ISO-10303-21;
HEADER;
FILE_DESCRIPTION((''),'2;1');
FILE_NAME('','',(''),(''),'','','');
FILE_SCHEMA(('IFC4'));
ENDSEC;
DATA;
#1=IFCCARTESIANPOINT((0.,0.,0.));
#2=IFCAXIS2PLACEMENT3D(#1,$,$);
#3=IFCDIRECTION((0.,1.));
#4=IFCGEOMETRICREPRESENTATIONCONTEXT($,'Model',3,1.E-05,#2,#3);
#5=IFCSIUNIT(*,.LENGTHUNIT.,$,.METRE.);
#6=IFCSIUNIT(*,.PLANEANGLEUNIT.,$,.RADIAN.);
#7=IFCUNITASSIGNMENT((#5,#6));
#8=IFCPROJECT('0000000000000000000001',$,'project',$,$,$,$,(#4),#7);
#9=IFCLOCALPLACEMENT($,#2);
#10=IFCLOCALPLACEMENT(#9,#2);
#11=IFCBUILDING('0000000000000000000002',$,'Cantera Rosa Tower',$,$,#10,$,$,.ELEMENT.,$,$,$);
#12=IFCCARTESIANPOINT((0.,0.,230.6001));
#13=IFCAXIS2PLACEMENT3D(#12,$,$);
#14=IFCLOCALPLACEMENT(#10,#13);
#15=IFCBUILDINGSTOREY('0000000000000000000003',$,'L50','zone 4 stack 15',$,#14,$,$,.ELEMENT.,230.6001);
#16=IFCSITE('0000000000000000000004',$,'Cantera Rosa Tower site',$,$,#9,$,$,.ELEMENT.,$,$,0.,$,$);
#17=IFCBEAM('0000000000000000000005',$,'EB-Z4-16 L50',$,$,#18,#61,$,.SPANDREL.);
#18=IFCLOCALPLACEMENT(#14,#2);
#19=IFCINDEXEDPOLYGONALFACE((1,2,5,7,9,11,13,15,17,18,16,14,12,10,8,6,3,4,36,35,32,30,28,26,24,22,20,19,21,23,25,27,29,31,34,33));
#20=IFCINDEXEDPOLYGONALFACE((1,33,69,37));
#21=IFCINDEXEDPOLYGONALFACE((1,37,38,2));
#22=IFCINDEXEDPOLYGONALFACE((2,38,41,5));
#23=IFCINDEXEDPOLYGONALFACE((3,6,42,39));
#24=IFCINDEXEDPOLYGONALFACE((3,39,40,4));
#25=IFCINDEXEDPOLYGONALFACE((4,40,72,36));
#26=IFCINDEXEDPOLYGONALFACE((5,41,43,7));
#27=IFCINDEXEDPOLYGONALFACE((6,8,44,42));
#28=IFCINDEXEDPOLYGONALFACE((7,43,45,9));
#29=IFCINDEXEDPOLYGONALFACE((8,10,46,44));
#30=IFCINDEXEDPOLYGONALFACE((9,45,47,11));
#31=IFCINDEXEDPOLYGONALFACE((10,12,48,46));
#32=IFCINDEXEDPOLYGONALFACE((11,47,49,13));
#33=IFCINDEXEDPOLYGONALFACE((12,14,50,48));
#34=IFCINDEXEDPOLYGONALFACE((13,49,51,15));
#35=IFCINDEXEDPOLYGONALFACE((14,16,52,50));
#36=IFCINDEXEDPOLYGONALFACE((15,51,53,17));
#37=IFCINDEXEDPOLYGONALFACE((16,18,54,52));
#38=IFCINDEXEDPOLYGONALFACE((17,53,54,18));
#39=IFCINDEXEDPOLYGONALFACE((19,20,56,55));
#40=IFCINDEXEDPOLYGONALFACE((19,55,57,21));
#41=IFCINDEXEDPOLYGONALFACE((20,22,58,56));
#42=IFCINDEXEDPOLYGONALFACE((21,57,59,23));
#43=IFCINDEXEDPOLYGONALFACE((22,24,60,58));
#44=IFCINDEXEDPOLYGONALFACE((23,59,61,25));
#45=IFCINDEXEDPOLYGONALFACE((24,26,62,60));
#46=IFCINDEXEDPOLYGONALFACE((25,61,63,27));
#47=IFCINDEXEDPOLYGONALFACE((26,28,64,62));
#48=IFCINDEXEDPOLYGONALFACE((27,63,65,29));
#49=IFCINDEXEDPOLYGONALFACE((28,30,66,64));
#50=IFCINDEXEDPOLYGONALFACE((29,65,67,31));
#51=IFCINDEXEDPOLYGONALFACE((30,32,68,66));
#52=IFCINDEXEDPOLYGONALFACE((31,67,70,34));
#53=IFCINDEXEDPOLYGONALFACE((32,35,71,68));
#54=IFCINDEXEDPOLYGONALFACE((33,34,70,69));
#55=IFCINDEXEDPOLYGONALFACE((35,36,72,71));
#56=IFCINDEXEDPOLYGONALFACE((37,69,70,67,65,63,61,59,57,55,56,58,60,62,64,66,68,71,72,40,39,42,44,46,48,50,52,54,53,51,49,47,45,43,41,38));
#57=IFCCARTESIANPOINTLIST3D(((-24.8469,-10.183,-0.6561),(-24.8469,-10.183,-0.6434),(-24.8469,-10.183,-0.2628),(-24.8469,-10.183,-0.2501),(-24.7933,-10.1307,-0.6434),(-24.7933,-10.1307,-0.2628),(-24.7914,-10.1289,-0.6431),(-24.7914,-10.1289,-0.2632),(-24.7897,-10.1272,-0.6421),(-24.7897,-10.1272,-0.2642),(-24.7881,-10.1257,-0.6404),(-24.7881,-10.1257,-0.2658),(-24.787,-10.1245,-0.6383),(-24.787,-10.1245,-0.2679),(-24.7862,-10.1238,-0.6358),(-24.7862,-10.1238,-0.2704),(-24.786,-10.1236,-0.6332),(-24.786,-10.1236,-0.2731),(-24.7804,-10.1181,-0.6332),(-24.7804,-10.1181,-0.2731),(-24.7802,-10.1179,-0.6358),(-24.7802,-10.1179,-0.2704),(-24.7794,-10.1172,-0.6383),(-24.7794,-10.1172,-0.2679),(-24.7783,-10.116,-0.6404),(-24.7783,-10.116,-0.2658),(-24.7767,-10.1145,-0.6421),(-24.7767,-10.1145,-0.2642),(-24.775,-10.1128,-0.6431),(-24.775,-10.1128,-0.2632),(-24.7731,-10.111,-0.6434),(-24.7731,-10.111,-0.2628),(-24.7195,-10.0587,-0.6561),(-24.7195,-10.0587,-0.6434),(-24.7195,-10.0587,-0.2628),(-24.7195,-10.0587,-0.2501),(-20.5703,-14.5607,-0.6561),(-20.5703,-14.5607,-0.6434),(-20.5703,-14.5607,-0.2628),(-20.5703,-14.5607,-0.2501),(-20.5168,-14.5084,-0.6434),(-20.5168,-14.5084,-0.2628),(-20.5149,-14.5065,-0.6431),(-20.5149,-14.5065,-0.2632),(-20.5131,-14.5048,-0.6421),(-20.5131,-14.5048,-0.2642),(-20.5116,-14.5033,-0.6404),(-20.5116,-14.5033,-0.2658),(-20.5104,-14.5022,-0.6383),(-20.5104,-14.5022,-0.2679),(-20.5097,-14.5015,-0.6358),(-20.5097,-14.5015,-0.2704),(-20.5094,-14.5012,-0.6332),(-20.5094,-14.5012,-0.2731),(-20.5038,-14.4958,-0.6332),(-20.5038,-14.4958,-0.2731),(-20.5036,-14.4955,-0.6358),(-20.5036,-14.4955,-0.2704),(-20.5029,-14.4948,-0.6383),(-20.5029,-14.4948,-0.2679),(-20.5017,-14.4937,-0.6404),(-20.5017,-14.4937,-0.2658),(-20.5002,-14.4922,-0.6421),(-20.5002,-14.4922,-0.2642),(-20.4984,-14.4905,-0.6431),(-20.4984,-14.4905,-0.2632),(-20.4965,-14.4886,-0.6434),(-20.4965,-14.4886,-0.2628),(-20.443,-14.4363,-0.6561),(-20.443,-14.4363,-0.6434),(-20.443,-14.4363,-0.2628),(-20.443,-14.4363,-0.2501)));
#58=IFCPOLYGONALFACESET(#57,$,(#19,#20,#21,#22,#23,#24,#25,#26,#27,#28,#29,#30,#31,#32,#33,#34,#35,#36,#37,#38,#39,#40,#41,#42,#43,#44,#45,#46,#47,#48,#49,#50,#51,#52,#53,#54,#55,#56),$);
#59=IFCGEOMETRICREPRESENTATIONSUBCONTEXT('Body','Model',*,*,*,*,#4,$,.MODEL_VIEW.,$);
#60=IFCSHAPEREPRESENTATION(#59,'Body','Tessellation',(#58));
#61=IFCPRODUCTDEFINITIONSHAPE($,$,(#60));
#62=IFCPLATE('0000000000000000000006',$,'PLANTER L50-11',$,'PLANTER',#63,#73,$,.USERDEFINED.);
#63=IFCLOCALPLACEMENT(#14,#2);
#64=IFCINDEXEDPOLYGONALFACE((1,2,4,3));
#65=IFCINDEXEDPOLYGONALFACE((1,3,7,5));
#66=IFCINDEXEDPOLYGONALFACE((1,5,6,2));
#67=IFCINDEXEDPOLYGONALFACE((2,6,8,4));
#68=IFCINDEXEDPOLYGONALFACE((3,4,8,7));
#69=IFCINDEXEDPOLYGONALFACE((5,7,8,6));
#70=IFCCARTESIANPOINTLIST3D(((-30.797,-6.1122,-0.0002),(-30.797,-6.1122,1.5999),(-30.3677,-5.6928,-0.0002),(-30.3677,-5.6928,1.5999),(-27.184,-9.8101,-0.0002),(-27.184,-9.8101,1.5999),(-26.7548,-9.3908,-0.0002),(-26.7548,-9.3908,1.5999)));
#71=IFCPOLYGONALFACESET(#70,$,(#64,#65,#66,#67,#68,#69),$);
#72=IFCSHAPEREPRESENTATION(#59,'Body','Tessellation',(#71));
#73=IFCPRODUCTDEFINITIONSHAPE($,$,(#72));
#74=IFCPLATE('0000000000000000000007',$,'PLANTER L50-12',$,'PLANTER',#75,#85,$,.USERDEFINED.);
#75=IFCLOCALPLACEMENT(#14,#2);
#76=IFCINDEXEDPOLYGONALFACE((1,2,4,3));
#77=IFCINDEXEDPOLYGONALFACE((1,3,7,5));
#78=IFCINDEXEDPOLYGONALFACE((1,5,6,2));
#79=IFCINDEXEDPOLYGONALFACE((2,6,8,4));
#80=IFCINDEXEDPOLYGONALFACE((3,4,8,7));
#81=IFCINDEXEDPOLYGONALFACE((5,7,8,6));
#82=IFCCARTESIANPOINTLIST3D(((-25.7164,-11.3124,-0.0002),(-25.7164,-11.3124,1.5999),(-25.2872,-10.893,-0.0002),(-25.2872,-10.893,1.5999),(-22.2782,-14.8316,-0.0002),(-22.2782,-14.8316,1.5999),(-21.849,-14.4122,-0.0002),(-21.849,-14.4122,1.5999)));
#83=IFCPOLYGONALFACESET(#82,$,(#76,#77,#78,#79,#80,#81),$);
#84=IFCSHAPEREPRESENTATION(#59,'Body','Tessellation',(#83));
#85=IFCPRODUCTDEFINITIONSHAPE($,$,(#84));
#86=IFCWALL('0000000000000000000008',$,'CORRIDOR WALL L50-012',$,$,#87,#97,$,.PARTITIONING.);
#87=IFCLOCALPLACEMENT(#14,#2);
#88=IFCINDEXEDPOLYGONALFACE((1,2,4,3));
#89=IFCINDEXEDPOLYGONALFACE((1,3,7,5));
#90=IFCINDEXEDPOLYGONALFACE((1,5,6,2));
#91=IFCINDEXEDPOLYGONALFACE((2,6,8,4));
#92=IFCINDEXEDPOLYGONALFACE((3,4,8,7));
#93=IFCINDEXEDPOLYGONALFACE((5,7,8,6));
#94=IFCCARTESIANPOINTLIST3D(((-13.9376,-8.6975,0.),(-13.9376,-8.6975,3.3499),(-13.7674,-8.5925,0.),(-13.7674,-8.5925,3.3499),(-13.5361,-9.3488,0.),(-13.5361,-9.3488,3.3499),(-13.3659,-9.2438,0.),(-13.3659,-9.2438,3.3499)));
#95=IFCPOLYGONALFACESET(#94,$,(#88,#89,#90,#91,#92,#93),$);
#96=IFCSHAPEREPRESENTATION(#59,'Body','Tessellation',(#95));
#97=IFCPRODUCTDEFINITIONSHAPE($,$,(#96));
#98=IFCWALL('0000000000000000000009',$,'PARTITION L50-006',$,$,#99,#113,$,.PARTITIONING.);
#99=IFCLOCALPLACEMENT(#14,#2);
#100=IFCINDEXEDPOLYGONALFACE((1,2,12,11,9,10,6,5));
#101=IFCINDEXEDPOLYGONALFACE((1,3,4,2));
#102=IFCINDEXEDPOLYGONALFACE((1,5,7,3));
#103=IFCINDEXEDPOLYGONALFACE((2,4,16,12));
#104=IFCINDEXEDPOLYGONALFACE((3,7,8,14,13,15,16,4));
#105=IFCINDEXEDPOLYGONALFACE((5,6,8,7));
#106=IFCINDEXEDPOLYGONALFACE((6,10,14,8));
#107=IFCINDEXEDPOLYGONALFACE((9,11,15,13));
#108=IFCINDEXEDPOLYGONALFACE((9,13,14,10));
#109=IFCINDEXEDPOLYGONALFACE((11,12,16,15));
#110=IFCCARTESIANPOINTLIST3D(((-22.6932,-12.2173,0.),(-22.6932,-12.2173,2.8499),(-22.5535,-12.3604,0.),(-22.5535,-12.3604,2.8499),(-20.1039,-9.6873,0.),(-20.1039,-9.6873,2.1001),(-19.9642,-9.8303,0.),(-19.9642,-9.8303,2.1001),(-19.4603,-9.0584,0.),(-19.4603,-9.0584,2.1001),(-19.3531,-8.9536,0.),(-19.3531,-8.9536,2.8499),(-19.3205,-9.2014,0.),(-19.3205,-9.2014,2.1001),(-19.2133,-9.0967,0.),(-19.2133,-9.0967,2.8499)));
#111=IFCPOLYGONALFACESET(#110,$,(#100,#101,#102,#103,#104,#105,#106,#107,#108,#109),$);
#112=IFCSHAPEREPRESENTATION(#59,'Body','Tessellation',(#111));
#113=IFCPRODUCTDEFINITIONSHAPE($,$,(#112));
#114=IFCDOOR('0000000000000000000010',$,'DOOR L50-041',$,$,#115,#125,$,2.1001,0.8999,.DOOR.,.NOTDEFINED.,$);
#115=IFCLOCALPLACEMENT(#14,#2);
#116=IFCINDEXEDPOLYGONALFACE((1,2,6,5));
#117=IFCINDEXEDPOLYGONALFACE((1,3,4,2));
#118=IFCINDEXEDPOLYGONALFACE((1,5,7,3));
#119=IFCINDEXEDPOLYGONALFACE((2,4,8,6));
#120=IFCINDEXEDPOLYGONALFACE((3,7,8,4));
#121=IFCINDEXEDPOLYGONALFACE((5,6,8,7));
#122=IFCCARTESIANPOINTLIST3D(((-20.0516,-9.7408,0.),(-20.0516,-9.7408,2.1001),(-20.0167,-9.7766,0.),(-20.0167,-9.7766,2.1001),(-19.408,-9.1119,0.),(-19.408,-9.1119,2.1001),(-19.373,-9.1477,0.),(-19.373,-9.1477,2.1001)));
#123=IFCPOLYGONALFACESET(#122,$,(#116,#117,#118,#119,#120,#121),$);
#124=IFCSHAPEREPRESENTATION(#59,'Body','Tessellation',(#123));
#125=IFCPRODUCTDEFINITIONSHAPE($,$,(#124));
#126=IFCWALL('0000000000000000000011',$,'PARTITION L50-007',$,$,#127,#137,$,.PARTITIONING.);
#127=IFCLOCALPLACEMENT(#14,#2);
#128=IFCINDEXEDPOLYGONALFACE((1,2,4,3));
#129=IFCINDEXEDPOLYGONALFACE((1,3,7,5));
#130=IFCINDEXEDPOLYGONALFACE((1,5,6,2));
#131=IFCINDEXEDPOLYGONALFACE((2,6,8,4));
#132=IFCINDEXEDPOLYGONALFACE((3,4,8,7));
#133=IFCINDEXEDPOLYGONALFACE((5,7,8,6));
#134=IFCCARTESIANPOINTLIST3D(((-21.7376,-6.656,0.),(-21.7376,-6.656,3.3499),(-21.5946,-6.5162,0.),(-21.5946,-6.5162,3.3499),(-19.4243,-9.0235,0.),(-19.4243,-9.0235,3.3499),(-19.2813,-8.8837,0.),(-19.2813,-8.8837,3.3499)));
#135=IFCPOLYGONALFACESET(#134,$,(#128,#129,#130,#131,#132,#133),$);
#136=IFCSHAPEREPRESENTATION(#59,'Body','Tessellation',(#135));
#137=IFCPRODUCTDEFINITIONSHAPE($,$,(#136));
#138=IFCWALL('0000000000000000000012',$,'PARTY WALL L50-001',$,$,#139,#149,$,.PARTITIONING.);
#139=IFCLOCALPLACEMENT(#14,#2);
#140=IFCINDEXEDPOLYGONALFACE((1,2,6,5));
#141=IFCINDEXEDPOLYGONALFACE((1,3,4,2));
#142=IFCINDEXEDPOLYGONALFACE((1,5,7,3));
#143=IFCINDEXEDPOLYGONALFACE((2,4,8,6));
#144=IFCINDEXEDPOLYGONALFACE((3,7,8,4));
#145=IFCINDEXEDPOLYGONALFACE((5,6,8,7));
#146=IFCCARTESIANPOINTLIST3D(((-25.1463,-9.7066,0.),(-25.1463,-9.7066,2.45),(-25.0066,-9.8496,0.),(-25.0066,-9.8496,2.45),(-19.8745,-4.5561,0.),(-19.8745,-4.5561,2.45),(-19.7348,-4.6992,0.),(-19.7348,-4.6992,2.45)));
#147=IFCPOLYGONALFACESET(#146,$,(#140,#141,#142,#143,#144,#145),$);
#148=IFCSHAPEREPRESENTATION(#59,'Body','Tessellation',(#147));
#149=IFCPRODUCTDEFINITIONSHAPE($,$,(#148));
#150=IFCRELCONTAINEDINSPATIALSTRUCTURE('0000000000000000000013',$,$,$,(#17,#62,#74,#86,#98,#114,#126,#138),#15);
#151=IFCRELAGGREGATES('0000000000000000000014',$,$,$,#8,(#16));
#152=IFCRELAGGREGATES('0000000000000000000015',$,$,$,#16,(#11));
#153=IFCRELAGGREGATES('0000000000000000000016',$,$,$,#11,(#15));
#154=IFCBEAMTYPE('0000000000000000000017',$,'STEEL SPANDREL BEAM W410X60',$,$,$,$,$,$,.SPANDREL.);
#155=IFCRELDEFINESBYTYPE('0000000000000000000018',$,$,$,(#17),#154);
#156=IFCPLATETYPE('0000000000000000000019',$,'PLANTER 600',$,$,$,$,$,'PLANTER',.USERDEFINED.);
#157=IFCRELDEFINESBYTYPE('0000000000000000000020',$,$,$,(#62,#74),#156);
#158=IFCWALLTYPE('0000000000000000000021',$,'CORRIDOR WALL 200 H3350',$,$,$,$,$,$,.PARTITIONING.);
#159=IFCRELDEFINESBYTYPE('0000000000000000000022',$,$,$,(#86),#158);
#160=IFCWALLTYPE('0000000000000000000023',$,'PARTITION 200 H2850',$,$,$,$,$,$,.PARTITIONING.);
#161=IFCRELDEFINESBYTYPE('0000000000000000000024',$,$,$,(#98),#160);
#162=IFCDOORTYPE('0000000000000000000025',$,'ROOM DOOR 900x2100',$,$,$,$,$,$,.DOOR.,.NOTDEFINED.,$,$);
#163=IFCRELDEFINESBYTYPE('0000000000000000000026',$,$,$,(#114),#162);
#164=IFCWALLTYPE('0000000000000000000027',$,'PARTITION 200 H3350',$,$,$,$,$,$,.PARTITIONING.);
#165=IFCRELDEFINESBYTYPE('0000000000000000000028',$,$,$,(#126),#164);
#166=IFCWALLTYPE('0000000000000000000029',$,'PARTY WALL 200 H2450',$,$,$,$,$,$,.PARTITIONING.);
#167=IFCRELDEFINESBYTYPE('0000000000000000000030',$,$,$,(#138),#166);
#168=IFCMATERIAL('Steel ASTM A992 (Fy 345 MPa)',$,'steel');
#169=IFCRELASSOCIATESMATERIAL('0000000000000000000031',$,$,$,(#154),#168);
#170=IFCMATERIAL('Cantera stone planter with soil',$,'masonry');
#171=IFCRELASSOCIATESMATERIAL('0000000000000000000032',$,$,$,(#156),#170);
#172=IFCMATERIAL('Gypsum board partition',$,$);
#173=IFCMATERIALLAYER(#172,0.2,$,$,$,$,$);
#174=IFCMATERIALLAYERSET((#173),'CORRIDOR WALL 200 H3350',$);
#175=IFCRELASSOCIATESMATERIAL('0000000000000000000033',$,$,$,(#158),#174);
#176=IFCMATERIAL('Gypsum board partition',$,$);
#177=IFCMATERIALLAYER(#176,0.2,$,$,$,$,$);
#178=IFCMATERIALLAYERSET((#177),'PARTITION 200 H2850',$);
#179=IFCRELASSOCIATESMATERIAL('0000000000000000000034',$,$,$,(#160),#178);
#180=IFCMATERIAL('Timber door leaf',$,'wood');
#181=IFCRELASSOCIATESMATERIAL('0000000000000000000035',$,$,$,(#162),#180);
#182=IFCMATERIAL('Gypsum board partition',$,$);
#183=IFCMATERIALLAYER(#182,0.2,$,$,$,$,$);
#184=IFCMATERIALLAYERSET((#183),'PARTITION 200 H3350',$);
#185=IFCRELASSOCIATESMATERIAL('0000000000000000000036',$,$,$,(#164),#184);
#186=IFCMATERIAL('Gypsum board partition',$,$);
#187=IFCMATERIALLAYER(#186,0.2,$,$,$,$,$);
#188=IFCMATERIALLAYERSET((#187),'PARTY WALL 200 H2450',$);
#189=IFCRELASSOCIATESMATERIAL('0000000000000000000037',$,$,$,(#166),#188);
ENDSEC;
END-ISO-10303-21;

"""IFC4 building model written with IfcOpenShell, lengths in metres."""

from ifc_helpers import new_model, si_unit, direction, frame, frame_2d, origin, origin_2d, place, context, subcontext, project, spatial, rectangle, i_section, extrude, material, layer, layer_set, material_profile, profile_set, type_object, element, fill, save


model = new_model("IFC4")

# Units and contexts
model_context = context("Model", 3, precision=1e-05, world=origin(), true_north=direction((0.0, 1.0)))
body_context = subcontext(model_context, "Body", "Model", "MODEL_VIEW")
ifc_project = project(units=[si_unit("LENGTHUNIT", "METRE"), si_unit("PLANEANGLEUNIT", "RADIAN")], contexts=[model_context])

# Site, building, storey
site_placement = place(None, origin())
site = spatial("IfcSite", under=ifc_project, at=site_placement, Name="Cantera Rosa Tower site", CompositionType="ELEMENT", RefElevation=0.0)
building_placement = place(site_placement, origin())
building = spatial("IfcBuilding", under=site, at=building_placement, Name="Cantera Rosa Tower", CompositionType="ELEMENT")
storey_placement = place(building_placement, frame((0.0, 0.0, 230.6001)))
storey = spatial("IfcBuildingStorey", under=building, at=storey_placement, Name="L50", Description="zone 4 stack 15", CompositionType="ELEMENT", Elevation=230.6001)

# Beam
ifc_material_1 = material(Name="Steel ASTM A992 (Fy 345 MPa)", Category="steel")
ifc_material_profile_1 = material_profile(ifc_material_1, i_section(OverallWidth=0.178, OverallDepth=0.406, WebThickness=0.0078, FlangeThickness=0.0127, FilletRadius=0.0103, at=origin_2d()), Name="W410X60")
ifc_profile_set_1 = profile_set([ifc_material_profile_1], Name="Steel ASTM A992 (Fy 345 MPa)")
beam_type_1 = type_object("IfcBeamType", Name="STEEL SPANDREL BEAM W410X60", PredefinedType="SPANDREL", material=ifc_profile_set_1)
beam_1_placement = place(storey_placement, frame((-24.7832, -10.1208, -0.4531), z_axis=(0.698801, -0.715316, 0.0), x_axis=(0.715316, 0.698801, 0.0)))
element("IfcBeam", 1, at=beam_1_placement, inside=storey, type_object=beam_type_1, Name="EB-Z4-16 L50", PredefinedType="SPANDREL", context=body_context, shape_type="SweptSolid", body=[
    extrude(i_section(OverallWidth=0.178, OverallDepth=0.406, WebThickness=0.0078, FlangeThickness=0.0127, FilletRadius=0.0103, at=origin_2d()), origin(), (0.0, 0.0, 1.0), 6.1199),
])

# Plates
ifc_material_2 = material(Name="Cantera stone planter with soil", Category="masonry")
plate_type = type_object("IfcPlateType", Name="PLANTER 600", ElementType="PLANTER", PredefinedType="USERDEFINED", material=ifc_material_2)
plate_1_placement = place(storey_placement, frame((-28.7759, -7.7515, -0.0002), z_axis=(0.0, 0.0, 1.0), x_axis=(0.698832, -0.715286, 0.0)))
element("IfcPlate", 2, at=plate_1_placement, inside=storey, type_object=plate_type, Name="PLANTER L50-11", ObjectType="PLANTER", PredefinedType="USERDEFINED", context=body_context, shape_type="SweptSolid", body=[
    extrude(rectangle(XDim=5.1699, YDim=0.6001, at=origin_2d()), origin(), (0.0, 0.0, 1.0), 1.6001),
])
plate_2_placement = place(storey_placement, frame((-23.7827, -12.8623, -0.0002), z_axis=(0.0, 0.0, 1.0), x_axis=(0.698832, -0.715286, 0.0)))
element("IfcPlate", 3, at=plate_2_placement, inside=storey, type_object=plate_type, Name="PLANTER L50-12", ObjectType="PLANTER", PredefinedType="USERDEFINED", context=body_context, shape_type="SweptSolid", body=[
    extrude(rectangle(XDim=4.9199, YDim=0.6001, at=origin_2d()), origin(), (0.0, 0.0, 1.0), 1.6001),
])

# Wall
ifc_material_3 = material(Name="Gypsum board partition")
ifc_layer_1 = layer(ifc_material_3, 0.2)
ifc_layer_set_1 = layer_set([ifc_layer_1], Name="CORRIDOR WALL 200 H3350")
wall_type_1 = type_object("IfcWallType", Name="CORRIDOR WALL 200 H3350", PredefinedType="PARTITIONING", material=ifc_layer_set_1)
wall_1_placement = place(storey_placement, frame((-13.8525, -8.645, 0.0), z_axis=(0.0, 0.0, 1.0), x_axis=(0.524827, -0.851209, 0.0)))
element("IfcWall", 4, at=wall_1_placement, inside=storey, type_object=wall_type_1, Name="CORRIDOR WALL L50-012", PredefinedType="PARTITIONING", context=body_context, shape_type="SweptSolid", body=[
    extrude(rectangle(XDim=0.7651, YDim=0.2, at=frame_2d((0.3826, 0.0))), origin(), (0.0, 0.0, 1.0), 3.3499),
])

# Wall, opening, door
ifc_material_4 = material(Name="Gypsum board partition")
ifc_layer_2 = layer(ifc_material_4, 0.2)
ifc_layer_set_2 = layer_set([ifc_layer_2], Name="PARTITION 200 H2850")
wall_type_2 = type_object("IfcWallType", Name="PARTITION 200 H2850", PredefinedType="PARTITIONING", material=ifc_layer_set_2)
wall_2_placement = place(storey_placement, frame((-19.2832, -9.0251, 0.0), z_axis=(0.0, 0.0, 1.0), x_axis=(-0.715241, -0.698878, 0.0)))
wall_2 = element("IfcWall", 5, at=wall_2_placement, inside=storey, type_object=wall_type_2, Name="PARTITION L50-006", PredefinedType="PARTITIONING", context=body_context, shape_type="SweptSolid", body=[
    extrude(rectangle(XDim=4.6699, YDim=0.2, at=frame_2d((2.335, 0.0))), origin(), (0.0, 0.0, 1.0), 2.8499),
])
opening_1_placement = place(wall_2_placement, frame((0.1499, 0.0, 0.0)))
opening_1 = element("IfcOpeningElement", 6, at=opening_1_placement, cuts=wall_2, PredefinedType="OPENING", context=body_context, shape_type="SweptSolid", body=[
    extrude(rectangle(XDim=0.8999, YDim=2.1001, at=frame_2d((0.45, 1.05))), frame((0.0, 0.1099, 0.0), z_axis=(0.0, -1.0, 0.0), x_axis=(1.0, 0.0, 0.0)), (0.0, 0.0, 1.0), 0.22),
])
ifc_material_5 = material(Name="Timber door leaf", Category="wood")
door_type_1 = type_object("IfcDoorType", Name="ROOM DOOR 900x2100", OperationType="NOTDEFINED", PredefinedType="DOOR", material=ifc_material_5)
door_1_placement = place(opening_1_placement, origin())
door_1 = element("IfcDoor", 7, at=door_1_placement, inside=storey, type_object=door_type_1, Name="DOOR L50-041", OperationType="NOTDEFINED", OverallHeight=2.1001, OverallWidth=0.8999, PredefinedType="DOOR", context=body_context, shape_type="SweptSolid", body=[
    extrude(rectangle(XDim=0.8999, YDim=2.1001, at=frame_2d((0.45, 1.05))), frame((0.0, 0.0249, 0.0), z_axis=(0.0, -1.0, 0.0), x_axis=(1.0, 0.0, 0.0)), (0.0, 0.0, 1.0), 0.05),
])
fill(opening_1, door_1)

# Walls
ifc_material_6 = material(Name="Gypsum board partition")
ifc_layer_3 = layer(ifc_material_6, 0.2)
ifc_layer_set_3 = layer_set([ifc_layer_3], Name="PARTITION 200 H3350")
wall_type_3 = type_object("IfcWallType", Name="PARTITION 200 H3350", PredefinedType="PARTITIONING", material=ifc_layer_set_3)
wall_3_placement = place(storey_placement, frame((-19.3528, -8.9536, 0.0), z_axis=(0.0, 0.0, 1.0), x_axis=(-0.698872, 0.715247, 0.0)))
element("IfcWall", 8, at=wall_3_placement, inside=storey, type_object=wall_type_3, Name="PARTITION L50-007", PredefinedType="PARTITIONING", context=body_context, shape_type="SweptSolid", body=[
    extrude(rectangle(XDim=3.3101, YDim=0.2, at=frame_2d((1.655, 0.0))), origin(), (0.0, 0.0, 1.0), 3.3499),
])
ifc_material_7 = material(Name="Gypsum board partition")
ifc_layer_4 = layer(ifc_material_7, 0.2)
ifc_layer_set_4 = layer_set([ifc_layer_4], Name="PARTY WALL 200 H2450")
wall_type_4 = type_object("IfcWallType", Name="PARTY WALL 200 H2450", PredefinedType="PARTITIONING", material=ifc_layer_set_4)
wall_4_placement = place(storey_placement, frame((-25.0764, -9.7781, 0.0), z_axis=(0.0, 0.0, 1.0), x_axis=(0.715291, 0.698827, 0.0)))
element("IfcWall", 9, at=wall_4_placement, inside=storey, type_object=wall_type_4, Name="PARTY WALL L50-001", PredefinedType="PARTITIONING", context=body_context, shape_type="SweptSolid", body=[
    extrude(rectangle(XDim=7.3701, YDim=0.2, at=frame_2d((3.6851, 0.0))), origin(), (0.0, 0.0, 1.0), 2.45),
])

save(model, "model.ifc")
